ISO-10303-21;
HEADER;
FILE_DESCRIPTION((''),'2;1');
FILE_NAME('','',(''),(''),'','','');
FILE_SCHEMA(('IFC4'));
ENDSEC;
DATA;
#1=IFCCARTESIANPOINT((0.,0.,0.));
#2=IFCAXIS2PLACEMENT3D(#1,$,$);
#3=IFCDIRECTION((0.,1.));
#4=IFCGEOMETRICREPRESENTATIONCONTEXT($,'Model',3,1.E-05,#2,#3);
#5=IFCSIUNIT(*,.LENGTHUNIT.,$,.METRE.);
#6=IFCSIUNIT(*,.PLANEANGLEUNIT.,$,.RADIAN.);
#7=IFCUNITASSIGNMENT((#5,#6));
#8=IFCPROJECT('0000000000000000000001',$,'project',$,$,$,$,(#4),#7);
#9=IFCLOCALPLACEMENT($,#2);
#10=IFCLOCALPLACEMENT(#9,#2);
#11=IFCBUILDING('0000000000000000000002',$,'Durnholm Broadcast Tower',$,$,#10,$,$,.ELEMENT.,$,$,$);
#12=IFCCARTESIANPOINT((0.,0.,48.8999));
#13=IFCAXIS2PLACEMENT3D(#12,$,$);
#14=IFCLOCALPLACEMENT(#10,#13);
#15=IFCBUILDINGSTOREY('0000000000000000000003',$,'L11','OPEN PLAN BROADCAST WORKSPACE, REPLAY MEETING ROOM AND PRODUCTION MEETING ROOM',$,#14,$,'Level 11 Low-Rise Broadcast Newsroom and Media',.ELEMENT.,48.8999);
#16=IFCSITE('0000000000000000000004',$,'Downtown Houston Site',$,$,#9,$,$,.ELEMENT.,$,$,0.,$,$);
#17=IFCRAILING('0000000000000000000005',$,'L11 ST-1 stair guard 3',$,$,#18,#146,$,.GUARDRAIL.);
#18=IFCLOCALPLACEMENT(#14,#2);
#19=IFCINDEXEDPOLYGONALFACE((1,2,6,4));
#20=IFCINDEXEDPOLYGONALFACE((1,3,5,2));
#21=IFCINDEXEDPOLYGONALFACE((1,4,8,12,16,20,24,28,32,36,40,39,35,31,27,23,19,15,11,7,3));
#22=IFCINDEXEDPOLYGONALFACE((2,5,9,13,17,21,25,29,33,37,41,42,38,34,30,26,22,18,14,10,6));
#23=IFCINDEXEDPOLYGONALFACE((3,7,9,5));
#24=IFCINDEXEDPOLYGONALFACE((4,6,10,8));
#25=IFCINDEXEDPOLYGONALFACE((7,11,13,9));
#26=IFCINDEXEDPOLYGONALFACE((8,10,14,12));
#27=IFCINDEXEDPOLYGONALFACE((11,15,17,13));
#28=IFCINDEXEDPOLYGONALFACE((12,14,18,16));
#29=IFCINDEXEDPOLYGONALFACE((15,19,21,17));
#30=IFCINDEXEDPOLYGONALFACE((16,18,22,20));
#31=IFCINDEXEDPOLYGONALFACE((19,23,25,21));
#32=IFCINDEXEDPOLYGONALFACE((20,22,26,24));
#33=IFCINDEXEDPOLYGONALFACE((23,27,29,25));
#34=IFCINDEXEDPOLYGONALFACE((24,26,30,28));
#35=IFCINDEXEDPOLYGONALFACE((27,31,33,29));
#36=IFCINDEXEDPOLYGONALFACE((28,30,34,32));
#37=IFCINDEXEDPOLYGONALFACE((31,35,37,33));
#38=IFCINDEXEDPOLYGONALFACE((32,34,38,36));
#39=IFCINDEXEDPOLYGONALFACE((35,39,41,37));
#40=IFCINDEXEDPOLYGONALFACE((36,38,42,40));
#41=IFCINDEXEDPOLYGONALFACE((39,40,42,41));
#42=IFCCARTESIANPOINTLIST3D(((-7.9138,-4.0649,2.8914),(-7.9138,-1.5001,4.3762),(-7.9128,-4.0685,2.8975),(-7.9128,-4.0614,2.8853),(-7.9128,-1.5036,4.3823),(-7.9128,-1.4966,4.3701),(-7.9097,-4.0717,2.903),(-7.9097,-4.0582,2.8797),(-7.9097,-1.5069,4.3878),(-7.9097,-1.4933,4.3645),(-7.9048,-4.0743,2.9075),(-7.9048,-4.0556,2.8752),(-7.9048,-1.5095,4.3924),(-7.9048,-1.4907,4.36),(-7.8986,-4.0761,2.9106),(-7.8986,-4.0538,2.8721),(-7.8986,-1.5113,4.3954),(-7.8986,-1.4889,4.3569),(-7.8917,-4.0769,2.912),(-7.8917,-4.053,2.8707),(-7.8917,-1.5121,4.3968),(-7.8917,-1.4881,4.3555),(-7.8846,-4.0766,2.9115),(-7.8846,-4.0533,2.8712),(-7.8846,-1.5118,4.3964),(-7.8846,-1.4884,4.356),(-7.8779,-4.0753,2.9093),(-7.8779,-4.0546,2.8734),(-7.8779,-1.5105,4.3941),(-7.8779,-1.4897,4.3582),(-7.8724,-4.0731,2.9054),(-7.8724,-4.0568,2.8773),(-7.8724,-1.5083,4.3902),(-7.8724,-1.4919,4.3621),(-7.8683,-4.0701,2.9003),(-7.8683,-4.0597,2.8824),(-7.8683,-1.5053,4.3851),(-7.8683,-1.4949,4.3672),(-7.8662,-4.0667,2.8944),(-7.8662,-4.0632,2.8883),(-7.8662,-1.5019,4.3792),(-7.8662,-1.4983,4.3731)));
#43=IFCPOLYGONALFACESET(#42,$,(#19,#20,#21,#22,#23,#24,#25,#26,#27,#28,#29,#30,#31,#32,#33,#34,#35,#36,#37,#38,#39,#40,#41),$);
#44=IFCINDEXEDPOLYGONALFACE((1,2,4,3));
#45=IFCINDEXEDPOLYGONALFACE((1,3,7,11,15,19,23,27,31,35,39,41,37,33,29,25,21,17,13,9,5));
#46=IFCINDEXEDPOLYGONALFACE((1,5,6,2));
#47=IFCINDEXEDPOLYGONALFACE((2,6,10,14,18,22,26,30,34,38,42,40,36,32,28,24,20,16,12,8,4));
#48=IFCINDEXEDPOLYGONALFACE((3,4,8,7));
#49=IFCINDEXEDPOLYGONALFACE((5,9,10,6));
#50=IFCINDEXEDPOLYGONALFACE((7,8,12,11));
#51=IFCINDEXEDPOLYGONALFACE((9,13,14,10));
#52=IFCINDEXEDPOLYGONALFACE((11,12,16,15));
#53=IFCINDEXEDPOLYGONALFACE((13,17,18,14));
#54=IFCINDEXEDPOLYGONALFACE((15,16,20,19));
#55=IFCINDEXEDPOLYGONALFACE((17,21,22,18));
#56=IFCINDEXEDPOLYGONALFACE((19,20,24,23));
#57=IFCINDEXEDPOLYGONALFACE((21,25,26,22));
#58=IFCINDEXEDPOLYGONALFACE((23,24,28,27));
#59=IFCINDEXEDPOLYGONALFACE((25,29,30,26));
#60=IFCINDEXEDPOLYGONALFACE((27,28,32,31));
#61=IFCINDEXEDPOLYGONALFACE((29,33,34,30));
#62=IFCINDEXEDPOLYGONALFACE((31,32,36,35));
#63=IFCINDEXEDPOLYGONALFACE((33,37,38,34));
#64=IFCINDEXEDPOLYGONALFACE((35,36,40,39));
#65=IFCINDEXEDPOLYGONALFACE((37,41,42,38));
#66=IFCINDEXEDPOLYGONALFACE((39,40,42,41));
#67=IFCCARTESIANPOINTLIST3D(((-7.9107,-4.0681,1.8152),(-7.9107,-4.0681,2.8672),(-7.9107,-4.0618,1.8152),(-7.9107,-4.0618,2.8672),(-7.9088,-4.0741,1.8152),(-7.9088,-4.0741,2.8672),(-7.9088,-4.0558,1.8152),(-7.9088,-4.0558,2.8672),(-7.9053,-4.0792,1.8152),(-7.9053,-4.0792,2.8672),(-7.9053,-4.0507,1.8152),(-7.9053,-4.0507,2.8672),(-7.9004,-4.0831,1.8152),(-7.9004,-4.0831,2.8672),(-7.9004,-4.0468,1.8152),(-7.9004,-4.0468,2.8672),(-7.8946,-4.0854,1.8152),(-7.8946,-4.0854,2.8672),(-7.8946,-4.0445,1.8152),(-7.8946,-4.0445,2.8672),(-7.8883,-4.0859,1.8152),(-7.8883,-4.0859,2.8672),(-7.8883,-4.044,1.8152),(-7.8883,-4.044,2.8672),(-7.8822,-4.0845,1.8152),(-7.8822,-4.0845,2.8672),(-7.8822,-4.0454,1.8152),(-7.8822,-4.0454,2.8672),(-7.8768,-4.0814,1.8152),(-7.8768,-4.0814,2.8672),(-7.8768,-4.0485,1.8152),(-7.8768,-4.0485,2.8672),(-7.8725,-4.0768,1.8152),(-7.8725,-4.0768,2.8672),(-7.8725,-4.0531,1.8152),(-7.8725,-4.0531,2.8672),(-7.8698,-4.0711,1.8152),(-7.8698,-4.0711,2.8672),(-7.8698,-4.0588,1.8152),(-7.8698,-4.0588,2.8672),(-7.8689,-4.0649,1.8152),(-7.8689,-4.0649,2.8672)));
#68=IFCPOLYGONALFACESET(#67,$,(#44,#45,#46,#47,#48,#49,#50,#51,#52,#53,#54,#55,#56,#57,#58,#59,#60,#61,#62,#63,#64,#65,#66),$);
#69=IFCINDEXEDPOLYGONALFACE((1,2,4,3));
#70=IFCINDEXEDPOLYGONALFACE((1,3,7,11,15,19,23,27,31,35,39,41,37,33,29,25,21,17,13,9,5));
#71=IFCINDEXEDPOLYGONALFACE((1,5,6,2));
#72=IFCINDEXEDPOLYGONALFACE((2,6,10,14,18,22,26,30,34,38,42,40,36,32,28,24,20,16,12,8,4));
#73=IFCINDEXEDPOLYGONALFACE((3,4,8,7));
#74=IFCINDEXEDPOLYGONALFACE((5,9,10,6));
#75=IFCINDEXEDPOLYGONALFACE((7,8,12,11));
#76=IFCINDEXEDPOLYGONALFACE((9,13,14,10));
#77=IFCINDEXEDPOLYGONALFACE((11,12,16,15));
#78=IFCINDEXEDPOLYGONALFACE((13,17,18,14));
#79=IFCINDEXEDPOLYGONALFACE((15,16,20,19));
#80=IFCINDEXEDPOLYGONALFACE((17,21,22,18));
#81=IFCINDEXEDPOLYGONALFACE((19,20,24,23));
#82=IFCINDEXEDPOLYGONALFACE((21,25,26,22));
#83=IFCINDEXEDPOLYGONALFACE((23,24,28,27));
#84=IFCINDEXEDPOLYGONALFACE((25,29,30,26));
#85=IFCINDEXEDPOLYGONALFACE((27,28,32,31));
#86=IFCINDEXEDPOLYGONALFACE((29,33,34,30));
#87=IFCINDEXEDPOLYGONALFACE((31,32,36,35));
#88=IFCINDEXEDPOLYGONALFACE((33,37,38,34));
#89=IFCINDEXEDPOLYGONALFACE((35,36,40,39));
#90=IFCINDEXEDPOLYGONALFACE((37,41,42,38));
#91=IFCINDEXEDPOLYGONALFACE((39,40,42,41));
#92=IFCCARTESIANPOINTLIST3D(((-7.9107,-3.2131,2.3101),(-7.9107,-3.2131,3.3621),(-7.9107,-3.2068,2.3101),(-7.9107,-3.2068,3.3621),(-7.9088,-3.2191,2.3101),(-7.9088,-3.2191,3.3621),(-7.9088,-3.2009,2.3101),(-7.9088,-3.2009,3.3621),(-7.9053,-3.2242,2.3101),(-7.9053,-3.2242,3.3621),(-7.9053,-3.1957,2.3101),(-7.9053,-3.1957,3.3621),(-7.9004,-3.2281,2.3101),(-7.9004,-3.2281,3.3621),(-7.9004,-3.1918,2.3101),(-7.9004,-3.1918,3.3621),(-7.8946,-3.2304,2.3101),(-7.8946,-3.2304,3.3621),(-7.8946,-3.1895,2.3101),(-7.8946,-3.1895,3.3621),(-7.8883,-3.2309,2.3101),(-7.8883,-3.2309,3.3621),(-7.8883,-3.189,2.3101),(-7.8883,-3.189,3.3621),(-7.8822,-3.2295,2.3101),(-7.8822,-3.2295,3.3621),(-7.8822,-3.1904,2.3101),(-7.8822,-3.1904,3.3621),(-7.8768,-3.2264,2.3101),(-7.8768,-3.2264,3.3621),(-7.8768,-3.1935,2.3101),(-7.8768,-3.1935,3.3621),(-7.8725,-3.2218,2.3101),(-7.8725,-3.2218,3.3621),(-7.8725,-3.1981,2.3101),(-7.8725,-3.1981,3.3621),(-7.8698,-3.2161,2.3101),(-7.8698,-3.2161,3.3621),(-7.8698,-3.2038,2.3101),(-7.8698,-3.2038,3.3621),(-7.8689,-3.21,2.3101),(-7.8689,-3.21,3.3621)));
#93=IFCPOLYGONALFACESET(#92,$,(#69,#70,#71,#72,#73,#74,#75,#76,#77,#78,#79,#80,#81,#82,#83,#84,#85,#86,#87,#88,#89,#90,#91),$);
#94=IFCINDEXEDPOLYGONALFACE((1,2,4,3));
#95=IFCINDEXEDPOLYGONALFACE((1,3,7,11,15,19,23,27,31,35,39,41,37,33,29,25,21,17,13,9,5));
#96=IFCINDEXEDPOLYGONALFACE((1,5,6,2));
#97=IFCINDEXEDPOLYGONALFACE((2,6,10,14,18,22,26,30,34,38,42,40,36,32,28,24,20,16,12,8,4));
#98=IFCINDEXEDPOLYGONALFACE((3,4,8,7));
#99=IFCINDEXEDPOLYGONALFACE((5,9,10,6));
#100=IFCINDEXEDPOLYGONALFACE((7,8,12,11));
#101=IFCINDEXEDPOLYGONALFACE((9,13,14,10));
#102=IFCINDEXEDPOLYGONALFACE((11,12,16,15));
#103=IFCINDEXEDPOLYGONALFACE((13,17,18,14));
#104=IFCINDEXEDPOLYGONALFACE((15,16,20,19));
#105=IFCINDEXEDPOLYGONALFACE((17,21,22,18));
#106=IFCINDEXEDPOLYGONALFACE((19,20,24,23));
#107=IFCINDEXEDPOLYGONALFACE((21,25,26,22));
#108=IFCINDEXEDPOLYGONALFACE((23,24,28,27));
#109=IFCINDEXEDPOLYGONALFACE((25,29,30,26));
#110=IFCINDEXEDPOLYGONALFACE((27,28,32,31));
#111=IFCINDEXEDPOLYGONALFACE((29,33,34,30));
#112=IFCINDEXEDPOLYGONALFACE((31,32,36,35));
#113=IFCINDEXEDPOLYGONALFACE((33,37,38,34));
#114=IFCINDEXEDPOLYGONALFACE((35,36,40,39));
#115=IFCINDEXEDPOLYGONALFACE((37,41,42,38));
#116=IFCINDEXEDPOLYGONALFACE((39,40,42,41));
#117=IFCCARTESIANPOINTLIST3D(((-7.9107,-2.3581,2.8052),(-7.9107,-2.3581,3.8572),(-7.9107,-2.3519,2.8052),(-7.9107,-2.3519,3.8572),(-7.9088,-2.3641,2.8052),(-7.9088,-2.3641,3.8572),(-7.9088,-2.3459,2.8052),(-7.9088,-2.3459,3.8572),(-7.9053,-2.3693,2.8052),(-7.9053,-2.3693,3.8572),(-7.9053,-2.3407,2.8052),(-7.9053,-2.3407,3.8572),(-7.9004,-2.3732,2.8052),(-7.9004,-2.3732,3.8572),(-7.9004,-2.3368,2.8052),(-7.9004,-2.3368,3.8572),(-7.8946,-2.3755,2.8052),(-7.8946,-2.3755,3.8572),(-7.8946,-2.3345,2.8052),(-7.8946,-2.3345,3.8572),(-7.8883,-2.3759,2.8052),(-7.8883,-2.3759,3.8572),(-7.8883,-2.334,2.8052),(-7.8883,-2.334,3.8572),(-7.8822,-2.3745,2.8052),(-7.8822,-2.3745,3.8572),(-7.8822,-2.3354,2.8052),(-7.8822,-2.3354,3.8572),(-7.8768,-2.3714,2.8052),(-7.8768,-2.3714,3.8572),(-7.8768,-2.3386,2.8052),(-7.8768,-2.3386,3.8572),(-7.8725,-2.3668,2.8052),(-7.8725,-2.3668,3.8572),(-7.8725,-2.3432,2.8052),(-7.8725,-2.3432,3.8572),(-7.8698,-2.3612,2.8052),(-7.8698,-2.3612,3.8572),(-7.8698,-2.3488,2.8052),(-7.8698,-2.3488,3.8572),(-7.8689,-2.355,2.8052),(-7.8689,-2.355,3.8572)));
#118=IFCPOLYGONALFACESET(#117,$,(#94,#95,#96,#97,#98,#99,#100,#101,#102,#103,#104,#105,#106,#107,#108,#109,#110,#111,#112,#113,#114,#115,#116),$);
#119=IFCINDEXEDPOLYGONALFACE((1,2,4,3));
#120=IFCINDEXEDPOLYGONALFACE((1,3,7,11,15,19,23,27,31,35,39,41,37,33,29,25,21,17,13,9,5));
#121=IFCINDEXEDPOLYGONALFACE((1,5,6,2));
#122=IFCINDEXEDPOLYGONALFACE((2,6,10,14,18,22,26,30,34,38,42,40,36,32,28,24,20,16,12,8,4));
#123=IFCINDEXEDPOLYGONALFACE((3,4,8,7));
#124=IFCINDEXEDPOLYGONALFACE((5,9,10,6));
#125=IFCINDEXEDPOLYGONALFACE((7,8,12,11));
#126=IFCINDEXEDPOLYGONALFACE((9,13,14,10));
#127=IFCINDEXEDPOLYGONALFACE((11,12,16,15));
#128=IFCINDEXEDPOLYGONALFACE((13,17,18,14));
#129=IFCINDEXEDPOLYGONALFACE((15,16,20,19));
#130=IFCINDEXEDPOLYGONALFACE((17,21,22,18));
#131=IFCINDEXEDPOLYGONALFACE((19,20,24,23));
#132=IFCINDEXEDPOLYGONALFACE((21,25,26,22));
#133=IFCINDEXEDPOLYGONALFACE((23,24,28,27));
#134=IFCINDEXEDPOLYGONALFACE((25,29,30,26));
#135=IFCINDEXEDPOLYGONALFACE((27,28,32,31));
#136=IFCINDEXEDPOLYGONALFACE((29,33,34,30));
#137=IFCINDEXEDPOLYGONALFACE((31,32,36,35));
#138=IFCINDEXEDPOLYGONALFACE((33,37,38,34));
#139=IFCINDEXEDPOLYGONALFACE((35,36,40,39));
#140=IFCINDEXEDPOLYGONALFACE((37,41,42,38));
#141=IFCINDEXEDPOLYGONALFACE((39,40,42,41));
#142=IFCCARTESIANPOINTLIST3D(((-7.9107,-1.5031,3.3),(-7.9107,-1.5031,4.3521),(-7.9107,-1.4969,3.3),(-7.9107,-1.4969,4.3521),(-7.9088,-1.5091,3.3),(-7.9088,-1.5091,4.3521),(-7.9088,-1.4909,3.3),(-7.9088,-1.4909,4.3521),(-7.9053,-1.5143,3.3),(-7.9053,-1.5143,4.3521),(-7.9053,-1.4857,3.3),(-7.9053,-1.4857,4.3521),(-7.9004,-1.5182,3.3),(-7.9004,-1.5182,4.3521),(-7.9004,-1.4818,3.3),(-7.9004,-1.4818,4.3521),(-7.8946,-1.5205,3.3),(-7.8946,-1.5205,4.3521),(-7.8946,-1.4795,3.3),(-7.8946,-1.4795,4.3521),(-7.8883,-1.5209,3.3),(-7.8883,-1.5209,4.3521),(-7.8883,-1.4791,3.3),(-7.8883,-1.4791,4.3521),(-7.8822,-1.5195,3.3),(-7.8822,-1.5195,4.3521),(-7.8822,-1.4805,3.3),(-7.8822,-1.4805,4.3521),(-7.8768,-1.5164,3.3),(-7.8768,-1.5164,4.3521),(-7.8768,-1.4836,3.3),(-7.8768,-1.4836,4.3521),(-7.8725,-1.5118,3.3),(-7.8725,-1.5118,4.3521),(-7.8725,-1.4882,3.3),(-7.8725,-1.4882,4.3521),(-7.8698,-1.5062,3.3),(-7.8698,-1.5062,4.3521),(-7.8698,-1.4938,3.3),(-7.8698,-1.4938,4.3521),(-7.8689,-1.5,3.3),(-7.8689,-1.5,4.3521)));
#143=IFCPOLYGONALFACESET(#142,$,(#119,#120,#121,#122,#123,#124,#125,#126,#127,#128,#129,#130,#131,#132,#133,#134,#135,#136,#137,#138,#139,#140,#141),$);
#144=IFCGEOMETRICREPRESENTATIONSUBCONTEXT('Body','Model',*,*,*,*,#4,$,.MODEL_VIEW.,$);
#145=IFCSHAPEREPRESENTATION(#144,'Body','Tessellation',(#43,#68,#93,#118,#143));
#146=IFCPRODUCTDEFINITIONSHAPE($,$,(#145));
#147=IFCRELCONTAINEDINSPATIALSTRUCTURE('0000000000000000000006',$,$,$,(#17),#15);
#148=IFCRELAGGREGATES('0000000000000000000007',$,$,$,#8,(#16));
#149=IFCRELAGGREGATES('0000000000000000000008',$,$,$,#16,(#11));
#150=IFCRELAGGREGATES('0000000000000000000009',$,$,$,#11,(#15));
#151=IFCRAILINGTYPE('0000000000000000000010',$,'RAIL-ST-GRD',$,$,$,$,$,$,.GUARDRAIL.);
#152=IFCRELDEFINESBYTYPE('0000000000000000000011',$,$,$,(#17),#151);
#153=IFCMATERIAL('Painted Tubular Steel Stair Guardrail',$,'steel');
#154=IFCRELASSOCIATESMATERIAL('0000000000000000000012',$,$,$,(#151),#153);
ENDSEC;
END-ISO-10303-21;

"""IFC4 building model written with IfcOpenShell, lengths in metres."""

from ifc_helpers import new_model, si_unit, direction, frame, origin, origin_2d, place, context, subcontext, project, spatial, circle, extrude, material, type_object, element, save


model = new_model("IFC4")

# Units and contexts
model_context = context("Model", 3, precision=1e-05, world=origin(), true_north=direction((0.0, 1.0)))
body_context = subcontext(model_context, "Body", "Model", "MODEL_VIEW")
ifc_project = project(units=[si_unit("LENGTHUNIT", "METRE"), si_unit("PLANEANGLEUNIT", "RADIAN")], contexts=[model_context])

# Site, building, storey
site_placement = place(None, origin())
site = spatial("IfcSite", under=ifc_project, at=site_placement, Name="Downtown Houston Site", CompositionType="ELEMENT", RefElevation=0.0)
building_placement = place(site_placement, origin())
building = spatial("IfcBuilding", under=site, at=building_placement, Name="Durnholm Broadcast Tower", CompositionType="ELEMENT")
storey_placement = place(building_placement, frame((0.0, 0.0, 48.8999)))
storey = spatial("IfcBuildingStorey", under=building, at=storey_placement, Name="L11", Description="OPEN PLAN BROADCAST WORKSPACE, REPLAY MEETING ROOM AND PRODUCTION MEETING ROOM", LongName="Level 11 Low-Rise Broadcast Newsroom and Media", CompositionType="ELEMENT", Elevation=48.8999)

# Railing
ifc_material_1 = material(Name="Painted Tubular Steel Stair Guardrail", Category="steel")
railing_type_1 = type_object("IfcRailingType", Name="RAIL-ST-GRD", PredefinedType="GUARDRAIL", material=ifc_material_1)
railing_1_placement = place(storey_placement, frame((-7.8899, -4.0649, 1.8152)))
element("IfcRailing", 1, at=railing_1_placement, inside=storey, type_object=railing_type_1, Name="L11 ST-1 stair guard 3", PredefinedType="GUARDRAIL", context=body_context, shape_type="SweptSolid", body=[
    extrude(circle(Radius=0.0239, at=origin_2d()), frame((0.0, 0.0, 1.0762), z_axis=(0.0, 0.865441, 0.50101), x_axis=(-1.0, 0.0, 0.0)), (0.0, 0.0, 1.0), 2.9636),
    extrude(circle(Radius=0.021, at=origin_2d()), origin(), (0.0, 0.0, 1.0), 1.052),
    extrude(circle(Radius=0.021, at=origin_2d()), frame((0.0, 0.855, 0.4949)), (0.0, 0.0, 1.0), 1.052),
    extrude(circle(Radius=0.021, at=origin_2d()), frame((0.0, 1.71, 0.99)), (0.0, 0.0, 1.0), 1.052),
    extrude(circle(Radius=0.021, at=origin_2d()), frame((0.0, 2.5649, 1.4849)), (0.0, 0.0, 1.0), 1.052),
])

save(model, "model.ifc")
